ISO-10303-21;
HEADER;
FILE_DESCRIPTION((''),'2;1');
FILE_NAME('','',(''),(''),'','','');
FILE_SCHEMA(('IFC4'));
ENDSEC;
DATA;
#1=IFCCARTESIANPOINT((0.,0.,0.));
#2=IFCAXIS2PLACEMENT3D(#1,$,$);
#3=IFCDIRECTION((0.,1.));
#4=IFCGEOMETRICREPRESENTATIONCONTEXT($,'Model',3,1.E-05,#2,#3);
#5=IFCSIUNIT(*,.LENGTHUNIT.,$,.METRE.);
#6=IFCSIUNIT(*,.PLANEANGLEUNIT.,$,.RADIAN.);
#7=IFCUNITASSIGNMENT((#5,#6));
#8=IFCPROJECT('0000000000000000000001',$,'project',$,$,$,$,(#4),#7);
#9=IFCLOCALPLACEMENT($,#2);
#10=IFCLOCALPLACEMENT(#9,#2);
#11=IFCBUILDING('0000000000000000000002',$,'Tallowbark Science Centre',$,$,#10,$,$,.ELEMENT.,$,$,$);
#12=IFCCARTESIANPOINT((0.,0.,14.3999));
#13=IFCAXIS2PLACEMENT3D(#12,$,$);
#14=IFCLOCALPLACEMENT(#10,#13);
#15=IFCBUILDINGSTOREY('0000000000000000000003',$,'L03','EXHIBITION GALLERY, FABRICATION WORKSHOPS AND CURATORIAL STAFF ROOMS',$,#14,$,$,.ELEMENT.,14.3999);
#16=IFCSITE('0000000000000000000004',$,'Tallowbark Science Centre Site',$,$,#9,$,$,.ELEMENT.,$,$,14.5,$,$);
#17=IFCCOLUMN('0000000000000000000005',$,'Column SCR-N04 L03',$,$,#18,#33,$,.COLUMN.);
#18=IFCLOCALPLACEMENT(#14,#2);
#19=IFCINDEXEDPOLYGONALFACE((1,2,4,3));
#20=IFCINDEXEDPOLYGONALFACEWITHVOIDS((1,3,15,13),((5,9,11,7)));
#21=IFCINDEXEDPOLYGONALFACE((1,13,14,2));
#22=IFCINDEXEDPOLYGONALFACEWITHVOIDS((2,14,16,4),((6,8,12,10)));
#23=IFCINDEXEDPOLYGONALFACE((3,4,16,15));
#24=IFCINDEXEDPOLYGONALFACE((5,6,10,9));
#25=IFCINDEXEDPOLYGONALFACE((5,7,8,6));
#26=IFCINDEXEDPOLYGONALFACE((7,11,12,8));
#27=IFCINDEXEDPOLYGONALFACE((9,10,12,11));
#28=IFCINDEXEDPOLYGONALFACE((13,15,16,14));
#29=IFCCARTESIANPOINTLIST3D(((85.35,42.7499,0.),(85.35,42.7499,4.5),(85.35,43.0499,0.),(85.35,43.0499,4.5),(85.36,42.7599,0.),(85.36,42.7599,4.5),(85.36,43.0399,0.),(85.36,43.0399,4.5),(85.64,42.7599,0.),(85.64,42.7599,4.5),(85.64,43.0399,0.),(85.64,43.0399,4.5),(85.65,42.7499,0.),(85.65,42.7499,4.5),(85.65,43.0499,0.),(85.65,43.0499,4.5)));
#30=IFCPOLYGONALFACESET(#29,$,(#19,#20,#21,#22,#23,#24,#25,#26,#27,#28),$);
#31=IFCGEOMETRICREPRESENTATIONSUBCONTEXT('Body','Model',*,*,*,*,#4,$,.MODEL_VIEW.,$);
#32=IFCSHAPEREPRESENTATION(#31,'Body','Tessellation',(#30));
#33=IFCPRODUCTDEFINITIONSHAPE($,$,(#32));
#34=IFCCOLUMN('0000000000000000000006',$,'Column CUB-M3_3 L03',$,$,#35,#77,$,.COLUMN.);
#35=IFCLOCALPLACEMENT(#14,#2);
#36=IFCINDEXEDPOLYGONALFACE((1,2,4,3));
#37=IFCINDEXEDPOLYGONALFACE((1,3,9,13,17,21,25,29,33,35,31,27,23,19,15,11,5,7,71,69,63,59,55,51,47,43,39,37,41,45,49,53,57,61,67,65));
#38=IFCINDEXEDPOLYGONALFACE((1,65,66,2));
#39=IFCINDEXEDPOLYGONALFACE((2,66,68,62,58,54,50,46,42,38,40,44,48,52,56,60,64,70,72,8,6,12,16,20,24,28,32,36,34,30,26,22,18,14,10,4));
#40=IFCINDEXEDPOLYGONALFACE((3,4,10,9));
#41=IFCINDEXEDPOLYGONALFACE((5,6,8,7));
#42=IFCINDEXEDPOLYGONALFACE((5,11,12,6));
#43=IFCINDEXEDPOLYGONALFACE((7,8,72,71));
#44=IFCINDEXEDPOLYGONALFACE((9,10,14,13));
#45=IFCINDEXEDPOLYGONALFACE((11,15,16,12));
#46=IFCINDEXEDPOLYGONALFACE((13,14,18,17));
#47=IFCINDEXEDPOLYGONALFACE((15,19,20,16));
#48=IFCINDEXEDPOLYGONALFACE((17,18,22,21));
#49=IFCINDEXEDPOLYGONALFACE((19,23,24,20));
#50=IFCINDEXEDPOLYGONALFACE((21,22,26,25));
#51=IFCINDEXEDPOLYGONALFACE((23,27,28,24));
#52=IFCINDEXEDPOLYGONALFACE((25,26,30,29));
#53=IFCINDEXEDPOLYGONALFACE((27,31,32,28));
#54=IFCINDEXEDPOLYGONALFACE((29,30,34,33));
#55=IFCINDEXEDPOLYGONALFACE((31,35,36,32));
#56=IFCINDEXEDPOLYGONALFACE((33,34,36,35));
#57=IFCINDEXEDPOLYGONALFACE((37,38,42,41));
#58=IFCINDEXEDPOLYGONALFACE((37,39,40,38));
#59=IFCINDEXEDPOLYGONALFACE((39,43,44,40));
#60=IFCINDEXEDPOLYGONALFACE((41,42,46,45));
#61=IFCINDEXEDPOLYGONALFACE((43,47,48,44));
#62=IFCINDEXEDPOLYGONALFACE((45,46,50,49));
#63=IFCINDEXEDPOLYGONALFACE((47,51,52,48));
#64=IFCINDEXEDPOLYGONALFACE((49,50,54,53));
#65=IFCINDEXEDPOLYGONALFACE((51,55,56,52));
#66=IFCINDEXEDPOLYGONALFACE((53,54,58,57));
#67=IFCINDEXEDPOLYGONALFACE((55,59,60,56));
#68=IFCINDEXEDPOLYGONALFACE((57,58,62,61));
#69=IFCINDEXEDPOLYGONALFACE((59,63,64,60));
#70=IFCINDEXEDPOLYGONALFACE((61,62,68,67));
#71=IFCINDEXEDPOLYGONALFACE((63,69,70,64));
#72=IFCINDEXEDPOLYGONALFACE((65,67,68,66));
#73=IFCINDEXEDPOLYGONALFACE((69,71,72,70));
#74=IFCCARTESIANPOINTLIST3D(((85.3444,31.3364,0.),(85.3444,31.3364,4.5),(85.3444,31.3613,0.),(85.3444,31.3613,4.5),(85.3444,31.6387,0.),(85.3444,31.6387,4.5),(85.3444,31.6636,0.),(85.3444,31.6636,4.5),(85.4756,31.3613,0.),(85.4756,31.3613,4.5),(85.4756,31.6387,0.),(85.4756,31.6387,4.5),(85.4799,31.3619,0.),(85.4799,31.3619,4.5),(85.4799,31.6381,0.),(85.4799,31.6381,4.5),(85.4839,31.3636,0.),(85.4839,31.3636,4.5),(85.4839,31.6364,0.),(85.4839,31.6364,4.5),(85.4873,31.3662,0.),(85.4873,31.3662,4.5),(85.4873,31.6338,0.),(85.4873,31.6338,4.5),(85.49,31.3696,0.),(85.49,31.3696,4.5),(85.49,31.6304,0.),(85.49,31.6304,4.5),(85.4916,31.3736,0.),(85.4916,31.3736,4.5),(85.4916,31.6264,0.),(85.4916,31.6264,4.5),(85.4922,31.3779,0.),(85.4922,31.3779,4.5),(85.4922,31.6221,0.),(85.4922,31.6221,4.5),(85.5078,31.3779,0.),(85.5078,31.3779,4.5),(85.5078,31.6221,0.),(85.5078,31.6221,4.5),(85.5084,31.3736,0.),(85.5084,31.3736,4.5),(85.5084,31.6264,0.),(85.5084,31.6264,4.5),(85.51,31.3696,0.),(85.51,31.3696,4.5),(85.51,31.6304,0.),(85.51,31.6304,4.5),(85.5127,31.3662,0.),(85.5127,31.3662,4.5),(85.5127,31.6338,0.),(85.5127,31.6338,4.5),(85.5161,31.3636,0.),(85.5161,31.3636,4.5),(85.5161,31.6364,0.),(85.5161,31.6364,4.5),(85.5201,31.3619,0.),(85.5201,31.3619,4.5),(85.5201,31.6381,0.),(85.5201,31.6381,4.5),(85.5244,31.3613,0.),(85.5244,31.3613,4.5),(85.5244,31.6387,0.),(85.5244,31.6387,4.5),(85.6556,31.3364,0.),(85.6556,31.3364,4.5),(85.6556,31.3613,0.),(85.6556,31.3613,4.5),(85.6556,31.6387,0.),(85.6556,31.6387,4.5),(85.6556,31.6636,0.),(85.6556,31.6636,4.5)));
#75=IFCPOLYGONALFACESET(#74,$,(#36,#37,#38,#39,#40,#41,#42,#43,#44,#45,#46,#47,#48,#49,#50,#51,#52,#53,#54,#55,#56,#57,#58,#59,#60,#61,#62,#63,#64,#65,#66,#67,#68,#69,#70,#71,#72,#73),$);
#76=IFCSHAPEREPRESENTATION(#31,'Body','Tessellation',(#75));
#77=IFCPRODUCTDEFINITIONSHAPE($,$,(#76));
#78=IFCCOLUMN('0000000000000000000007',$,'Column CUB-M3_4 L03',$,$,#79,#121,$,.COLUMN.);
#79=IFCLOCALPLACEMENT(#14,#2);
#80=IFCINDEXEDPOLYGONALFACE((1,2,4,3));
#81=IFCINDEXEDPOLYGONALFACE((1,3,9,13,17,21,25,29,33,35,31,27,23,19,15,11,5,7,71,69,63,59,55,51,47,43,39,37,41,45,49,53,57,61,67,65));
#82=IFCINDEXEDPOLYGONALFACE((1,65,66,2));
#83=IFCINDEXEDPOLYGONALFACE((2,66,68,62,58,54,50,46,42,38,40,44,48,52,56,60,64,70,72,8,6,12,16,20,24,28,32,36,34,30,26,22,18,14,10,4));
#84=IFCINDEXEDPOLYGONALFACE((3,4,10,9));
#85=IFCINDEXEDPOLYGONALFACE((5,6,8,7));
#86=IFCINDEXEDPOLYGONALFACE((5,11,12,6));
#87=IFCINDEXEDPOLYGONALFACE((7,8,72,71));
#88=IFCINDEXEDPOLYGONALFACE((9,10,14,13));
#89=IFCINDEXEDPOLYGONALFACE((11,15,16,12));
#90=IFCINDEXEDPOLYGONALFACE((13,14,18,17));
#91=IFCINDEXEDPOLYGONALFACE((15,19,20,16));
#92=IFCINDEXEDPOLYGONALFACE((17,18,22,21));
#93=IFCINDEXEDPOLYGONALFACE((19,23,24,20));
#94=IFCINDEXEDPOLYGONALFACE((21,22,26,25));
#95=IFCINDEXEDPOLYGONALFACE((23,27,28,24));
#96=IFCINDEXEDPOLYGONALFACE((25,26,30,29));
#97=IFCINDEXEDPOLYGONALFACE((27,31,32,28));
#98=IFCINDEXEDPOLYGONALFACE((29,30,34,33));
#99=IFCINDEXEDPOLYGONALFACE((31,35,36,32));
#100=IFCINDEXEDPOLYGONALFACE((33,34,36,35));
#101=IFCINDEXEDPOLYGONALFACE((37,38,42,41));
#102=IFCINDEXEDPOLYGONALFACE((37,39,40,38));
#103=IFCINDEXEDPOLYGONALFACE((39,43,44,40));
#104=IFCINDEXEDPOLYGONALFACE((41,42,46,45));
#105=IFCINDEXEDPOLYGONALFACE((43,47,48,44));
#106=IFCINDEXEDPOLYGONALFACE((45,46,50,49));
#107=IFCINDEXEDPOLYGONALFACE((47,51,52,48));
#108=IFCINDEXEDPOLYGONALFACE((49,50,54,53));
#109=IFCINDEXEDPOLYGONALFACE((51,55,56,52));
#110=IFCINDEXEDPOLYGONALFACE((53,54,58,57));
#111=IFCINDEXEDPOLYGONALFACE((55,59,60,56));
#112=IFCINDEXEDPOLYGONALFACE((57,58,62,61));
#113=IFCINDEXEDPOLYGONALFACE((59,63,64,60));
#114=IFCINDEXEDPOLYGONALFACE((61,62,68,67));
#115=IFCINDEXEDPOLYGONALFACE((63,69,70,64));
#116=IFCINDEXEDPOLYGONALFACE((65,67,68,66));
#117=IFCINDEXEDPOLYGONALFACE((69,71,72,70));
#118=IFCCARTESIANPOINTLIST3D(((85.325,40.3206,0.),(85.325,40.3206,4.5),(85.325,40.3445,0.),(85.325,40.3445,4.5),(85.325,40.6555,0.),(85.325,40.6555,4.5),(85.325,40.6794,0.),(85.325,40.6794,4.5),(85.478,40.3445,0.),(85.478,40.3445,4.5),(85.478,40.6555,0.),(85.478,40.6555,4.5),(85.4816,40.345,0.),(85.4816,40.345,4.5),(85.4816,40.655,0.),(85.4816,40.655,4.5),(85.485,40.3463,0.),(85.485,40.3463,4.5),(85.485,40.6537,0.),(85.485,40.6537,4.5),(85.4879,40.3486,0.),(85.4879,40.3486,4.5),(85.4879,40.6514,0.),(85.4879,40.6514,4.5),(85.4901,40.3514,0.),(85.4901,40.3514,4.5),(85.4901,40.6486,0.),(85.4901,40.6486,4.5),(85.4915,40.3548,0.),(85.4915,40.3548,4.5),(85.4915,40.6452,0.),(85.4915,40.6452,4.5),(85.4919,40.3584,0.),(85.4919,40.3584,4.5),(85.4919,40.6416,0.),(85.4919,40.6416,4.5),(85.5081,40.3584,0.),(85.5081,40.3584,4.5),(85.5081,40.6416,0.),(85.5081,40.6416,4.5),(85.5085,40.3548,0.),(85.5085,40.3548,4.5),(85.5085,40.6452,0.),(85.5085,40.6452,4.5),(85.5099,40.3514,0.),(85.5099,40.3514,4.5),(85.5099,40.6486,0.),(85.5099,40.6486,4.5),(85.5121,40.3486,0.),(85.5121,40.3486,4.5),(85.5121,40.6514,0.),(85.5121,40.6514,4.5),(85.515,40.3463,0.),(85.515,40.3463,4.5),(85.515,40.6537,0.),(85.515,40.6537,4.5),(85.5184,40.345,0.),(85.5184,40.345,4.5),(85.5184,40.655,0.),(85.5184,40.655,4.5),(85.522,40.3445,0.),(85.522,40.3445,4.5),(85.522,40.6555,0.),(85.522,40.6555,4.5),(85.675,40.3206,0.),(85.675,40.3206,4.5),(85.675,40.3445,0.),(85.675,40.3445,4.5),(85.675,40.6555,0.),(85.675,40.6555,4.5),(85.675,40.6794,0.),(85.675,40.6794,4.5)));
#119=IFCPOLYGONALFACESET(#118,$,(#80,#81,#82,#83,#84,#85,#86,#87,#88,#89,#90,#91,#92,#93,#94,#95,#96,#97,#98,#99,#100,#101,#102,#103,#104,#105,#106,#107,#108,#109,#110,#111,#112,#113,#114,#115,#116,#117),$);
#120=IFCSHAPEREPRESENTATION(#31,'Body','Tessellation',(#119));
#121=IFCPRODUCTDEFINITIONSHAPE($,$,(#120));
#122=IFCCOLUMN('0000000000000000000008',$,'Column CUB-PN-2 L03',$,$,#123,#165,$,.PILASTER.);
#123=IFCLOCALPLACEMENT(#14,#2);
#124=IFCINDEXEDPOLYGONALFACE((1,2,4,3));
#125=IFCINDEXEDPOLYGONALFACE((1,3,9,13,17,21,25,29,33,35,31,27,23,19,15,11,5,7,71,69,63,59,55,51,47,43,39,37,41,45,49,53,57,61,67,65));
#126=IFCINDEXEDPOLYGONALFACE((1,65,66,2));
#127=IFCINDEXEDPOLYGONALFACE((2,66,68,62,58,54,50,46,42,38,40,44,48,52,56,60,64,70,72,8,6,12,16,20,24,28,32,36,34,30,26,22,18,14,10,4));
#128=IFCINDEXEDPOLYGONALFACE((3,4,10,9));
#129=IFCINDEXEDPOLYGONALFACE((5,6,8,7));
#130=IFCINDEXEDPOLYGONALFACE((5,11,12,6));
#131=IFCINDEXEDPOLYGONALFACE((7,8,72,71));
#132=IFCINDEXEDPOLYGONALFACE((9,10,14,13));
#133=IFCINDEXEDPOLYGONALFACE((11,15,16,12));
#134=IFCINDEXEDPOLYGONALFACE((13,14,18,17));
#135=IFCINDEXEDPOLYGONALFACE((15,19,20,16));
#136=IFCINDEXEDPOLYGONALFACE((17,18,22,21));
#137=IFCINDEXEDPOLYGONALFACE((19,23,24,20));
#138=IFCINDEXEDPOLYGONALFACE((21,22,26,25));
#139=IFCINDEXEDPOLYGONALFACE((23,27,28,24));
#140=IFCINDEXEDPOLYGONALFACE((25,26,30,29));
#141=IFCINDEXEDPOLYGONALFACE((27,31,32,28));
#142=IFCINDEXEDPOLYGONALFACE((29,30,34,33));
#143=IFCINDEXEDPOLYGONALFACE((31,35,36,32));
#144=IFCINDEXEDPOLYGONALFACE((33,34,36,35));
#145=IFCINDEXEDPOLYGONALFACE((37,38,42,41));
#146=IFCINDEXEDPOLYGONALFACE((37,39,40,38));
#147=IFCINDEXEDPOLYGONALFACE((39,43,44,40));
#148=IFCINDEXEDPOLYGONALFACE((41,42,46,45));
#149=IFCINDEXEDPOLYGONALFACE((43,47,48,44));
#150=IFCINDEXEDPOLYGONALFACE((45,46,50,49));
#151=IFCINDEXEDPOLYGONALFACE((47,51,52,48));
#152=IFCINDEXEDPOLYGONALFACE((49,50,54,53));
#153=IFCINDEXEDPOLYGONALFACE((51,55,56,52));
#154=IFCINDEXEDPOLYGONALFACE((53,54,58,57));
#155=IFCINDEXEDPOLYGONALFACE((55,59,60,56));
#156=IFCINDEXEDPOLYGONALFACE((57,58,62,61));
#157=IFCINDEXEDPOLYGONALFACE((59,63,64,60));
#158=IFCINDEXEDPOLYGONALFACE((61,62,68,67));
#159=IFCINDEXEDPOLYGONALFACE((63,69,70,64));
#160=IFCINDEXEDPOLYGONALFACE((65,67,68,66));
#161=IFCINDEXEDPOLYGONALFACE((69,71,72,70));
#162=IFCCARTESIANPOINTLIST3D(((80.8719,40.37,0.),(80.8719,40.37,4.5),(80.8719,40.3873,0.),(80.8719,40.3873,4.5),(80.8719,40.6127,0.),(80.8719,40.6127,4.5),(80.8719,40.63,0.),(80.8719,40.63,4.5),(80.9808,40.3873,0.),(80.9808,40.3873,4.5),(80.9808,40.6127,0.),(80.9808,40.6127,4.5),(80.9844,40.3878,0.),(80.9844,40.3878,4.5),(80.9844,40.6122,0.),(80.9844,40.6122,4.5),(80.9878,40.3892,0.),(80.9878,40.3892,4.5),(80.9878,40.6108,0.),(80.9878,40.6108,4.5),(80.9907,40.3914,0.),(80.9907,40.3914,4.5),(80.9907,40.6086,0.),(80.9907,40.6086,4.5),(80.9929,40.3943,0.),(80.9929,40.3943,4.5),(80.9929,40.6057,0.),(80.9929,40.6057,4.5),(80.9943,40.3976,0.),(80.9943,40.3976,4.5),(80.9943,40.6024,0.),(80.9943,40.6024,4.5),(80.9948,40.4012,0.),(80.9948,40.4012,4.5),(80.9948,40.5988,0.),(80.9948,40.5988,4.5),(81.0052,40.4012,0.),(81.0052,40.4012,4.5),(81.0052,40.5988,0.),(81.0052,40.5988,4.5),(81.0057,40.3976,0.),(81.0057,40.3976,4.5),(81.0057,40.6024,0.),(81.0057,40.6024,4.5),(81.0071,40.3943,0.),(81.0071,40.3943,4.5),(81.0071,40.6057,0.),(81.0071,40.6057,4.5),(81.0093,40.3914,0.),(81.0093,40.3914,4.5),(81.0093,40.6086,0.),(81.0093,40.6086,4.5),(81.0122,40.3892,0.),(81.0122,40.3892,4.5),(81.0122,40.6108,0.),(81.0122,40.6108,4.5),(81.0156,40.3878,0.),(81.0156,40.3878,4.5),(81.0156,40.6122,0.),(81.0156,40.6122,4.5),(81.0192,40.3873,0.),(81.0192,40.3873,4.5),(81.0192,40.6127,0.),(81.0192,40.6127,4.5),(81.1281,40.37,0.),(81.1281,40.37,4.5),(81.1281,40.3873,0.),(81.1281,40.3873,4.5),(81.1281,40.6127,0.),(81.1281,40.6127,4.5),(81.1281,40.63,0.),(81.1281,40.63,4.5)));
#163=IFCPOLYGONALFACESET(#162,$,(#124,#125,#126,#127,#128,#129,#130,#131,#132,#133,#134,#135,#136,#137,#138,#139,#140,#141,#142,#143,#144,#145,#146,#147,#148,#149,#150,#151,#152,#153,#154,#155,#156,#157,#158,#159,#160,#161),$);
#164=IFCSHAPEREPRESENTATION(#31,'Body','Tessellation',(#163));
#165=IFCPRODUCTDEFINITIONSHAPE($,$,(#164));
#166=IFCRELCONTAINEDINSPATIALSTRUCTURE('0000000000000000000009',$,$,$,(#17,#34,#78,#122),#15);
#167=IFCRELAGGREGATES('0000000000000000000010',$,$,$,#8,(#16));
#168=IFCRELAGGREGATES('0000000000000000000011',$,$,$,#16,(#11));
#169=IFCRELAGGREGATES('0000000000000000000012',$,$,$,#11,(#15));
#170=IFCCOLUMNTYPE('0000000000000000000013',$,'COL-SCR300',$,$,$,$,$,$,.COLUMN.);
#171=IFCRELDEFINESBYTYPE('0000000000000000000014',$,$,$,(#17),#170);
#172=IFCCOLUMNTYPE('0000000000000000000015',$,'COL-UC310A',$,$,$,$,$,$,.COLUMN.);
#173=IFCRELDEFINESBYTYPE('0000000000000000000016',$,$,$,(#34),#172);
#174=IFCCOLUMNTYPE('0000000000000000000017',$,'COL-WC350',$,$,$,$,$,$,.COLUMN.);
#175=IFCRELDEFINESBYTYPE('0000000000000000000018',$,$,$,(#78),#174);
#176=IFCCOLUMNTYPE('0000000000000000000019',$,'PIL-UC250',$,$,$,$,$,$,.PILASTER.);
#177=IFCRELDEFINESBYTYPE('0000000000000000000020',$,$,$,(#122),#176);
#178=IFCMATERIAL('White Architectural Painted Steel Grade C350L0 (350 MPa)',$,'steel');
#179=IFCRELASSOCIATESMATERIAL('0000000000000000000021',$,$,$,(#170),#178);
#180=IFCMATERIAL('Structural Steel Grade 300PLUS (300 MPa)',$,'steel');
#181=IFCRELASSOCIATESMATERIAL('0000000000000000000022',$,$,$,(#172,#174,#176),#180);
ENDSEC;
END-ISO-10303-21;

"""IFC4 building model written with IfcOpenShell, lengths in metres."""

from ifc_helpers import new_model, si_unit, direction, frame, origin, origin_2d, place, context, subcontext, project, spatial, hollow_rectangle, i_section, extrude, material, material_profile, profile_set, type_object, element, save


model = new_model("IFC4")

# Units and contexts
model_context = context("Model", 3, precision=1e-05, world=origin(), true_north=direction((0.0, 1.0)))
body_context = subcontext(model_context, "Body", "Model", "MODEL_VIEW")
ifc_project = project(units=[si_unit("LENGTHUNIT", "METRE"), si_unit("PLANEANGLEUNIT", "RADIAN")], contexts=[model_context])

# Site, building, storey
site_placement = place(None, origin())
site = spatial("IfcSite", under=ifc_project, at=site_placement, Name="Tallowbark Science Centre Site", CompositionType="ELEMENT", RefElevation=14.5)
building_placement = place(site_placement, origin())
building = spatial("IfcBuilding", under=site, at=building_placement, Name="Tallowbark Science Centre", CompositionType="ELEMENT")
storey_placement = place(building_placement, frame((0.0, 0.0, 14.3999)))
storey = spatial("IfcBuildingStorey", under=building, at=storey_placement, Name="L03", Description="EXHIBITION GALLERY, FABRICATION WORKSHOPS AND CURATORIAL STAFF ROOMS", CompositionType="ELEMENT", Elevation=14.3999)

# Columns
ifc_material_1 = material(Name="White Architectural Painted Steel Grade C350L0 (350 MPa)", Category="steel")
ifc_material_profile_1 = material_profile(ifc_material_1, hollow_rectangle(XDim=0.3, YDim=0.3, WallThickness=0.01, at=origin_2d()), Name="300x300x10.0SHS")
ifc_profile_set_1 = profile_set([ifc_material_profile_1], Name="White Architectural Painted Steel Grade C350L0 (350 MPa)")
column_type_1 = type_object("IfcColumnType", Name="COL-SCR300", PredefinedType="COLUMN", material=ifc_profile_set_1)
column_1_placement = place(storey_placement, frame((85.5, 42.8999, 0.0), z_axis=(0.0, 0.0, 1.0), x_axis=(1.0, 0.0, 0.0)))
element("IfcColumn", 1, at=column_1_placement, inside=storey, type_object=column_type_1, Name="Column SCR-N04 L03", PredefinedType="COLUMN", context=body_context, shape_type="SweptSolid", body=[
    extrude(hollow_rectangle(XDim=0.3, YDim=0.3, WallThickness=0.01, at=origin_2d()), origin(), (0.0, 0.0, 1.0), 4.5),
])
ifc_material_2 = material(Name="Structural Steel Grade 300PLUS (300 MPa)", Category="steel")
ifc_material_profile_2 = material_profile(ifc_material_2, i_section(OverallWidth=0.3113, OverallDepth=0.3271, WebThickness=0.0156, FlangeThickness=0.0249, FilletRadius=0.0166, at=origin_2d()), Name="310UC158")
ifc_profile_set_2 = profile_set([ifc_material_profile_2], Name="Structural Steel Grade 300PLUS (300 MPa)")
column_type_2 = type_object("IfcColumnType", Name="COL-UC310A", PredefinedType="COLUMN", material=ifc_profile_set_2)
column_2_placement = place(storey_placement, frame((85.5, 31.5, 0.0), z_axis=(0.0, 0.0, 1.0), x_axis=(1.0, 0.0, 0.0)))
element("IfcColumn", 2, at=column_2_placement, inside=storey, type_object=column_type_2, Name="Column CUB-M3_3 L03", PredefinedType="COLUMN", context=body_context, shape_type="SweptSolid", body=[
    extrude(i_section(OverallWidth=0.3113, OverallDepth=0.3271, WebThickness=0.0156, FlangeThickness=0.0249, FilletRadius=0.0166, at=origin_2d()), origin(), (0.0, 0.0, 1.0), 4.5),
])
ifc_material_profile_3 = material_profile(ifc_material_2, i_section(OverallWidth=0.3501, OverallDepth=0.3589, WebThickness=0.0161, FlangeThickness=0.0239, FilletRadius=0.0139, at=origin_2d()), Name="350WC197")
ifc_profile_set_3 = profile_set([ifc_material_profile_3], Name="Structural Steel Grade 300PLUS (300 MPa)")
column_type_3 = type_object("IfcColumnType", Name="COL-WC350", PredefinedType="COLUMN", material=ifc_profile_set_3)
column_3_placement = place(storey_placement, frame((85.5, 40.5, 0.0), z_axis=(0.0, 0.0, 1.0), x_axis=(1.0, 0.0, 0.0)))
element("IfcColumn", 3, at=column_3_placement, inside=storey, type_object=column_type_3, Name="Column CUB-M3_4 L03", PredefinedType="COLUMN", context=body_context, shape_type="SweptSolid", body=[
    extrude(i_section(OverallWidth=0.3501, OverallDepth=0.3589, WebThickness=0.0161, FlangeThickness=0.0239, FilletRadius=0.0139, at=origin_2d()), origin(), (0.0, 0.0, 1.0), 4.5),
])
ifc_material_profile_4 = material_profile(ifc_material_2, i_section(OverallWidth=0.2561, OverallDepth=0.26, WebThickness=0.0105, FlangeThickness=0.0173, FilletRadius=0.0139, at=origin_2d()), Name="250UC89.5")
ifc_profile_set_4 = profile_set([ifc_material_profile_4], Name="Structural Steel Grade 300PLUS (300 MPa)")
column_type_4 = type_object("IfcColumnType", Name="PIL-UC250", PredefinedType="PILASTER", material=ifc_profile_set_4)
for number, where, z_axis, x_axis, name in (
    (4, (81.0, 40.5, 0.0), (0.0, 0.0, 1.0), (1.0, 0.0, 0.0), "Column CUB-PN-2 L03"),
):
    element("IfcColumn", number, at=place(storey_placement, frame(where, z_axis=z_axis, x_axis=x_axis)), inside=storey, type_object=column_type_4, Name=name, PredefinedType="PILASTER", context=body_context, shape_type="SweptSolid", body=[
        extrude(i_section(OverallWidth=0.2561, OverallDepth=0.26, WebThickness=0.0105, FlangeThickness=0.0173, FilletRadius=0.0139, at=origin_2d()), origin(), (0.0, 0.0, 1.0), 4.5),
    ])

save(model, "model.ifc")
